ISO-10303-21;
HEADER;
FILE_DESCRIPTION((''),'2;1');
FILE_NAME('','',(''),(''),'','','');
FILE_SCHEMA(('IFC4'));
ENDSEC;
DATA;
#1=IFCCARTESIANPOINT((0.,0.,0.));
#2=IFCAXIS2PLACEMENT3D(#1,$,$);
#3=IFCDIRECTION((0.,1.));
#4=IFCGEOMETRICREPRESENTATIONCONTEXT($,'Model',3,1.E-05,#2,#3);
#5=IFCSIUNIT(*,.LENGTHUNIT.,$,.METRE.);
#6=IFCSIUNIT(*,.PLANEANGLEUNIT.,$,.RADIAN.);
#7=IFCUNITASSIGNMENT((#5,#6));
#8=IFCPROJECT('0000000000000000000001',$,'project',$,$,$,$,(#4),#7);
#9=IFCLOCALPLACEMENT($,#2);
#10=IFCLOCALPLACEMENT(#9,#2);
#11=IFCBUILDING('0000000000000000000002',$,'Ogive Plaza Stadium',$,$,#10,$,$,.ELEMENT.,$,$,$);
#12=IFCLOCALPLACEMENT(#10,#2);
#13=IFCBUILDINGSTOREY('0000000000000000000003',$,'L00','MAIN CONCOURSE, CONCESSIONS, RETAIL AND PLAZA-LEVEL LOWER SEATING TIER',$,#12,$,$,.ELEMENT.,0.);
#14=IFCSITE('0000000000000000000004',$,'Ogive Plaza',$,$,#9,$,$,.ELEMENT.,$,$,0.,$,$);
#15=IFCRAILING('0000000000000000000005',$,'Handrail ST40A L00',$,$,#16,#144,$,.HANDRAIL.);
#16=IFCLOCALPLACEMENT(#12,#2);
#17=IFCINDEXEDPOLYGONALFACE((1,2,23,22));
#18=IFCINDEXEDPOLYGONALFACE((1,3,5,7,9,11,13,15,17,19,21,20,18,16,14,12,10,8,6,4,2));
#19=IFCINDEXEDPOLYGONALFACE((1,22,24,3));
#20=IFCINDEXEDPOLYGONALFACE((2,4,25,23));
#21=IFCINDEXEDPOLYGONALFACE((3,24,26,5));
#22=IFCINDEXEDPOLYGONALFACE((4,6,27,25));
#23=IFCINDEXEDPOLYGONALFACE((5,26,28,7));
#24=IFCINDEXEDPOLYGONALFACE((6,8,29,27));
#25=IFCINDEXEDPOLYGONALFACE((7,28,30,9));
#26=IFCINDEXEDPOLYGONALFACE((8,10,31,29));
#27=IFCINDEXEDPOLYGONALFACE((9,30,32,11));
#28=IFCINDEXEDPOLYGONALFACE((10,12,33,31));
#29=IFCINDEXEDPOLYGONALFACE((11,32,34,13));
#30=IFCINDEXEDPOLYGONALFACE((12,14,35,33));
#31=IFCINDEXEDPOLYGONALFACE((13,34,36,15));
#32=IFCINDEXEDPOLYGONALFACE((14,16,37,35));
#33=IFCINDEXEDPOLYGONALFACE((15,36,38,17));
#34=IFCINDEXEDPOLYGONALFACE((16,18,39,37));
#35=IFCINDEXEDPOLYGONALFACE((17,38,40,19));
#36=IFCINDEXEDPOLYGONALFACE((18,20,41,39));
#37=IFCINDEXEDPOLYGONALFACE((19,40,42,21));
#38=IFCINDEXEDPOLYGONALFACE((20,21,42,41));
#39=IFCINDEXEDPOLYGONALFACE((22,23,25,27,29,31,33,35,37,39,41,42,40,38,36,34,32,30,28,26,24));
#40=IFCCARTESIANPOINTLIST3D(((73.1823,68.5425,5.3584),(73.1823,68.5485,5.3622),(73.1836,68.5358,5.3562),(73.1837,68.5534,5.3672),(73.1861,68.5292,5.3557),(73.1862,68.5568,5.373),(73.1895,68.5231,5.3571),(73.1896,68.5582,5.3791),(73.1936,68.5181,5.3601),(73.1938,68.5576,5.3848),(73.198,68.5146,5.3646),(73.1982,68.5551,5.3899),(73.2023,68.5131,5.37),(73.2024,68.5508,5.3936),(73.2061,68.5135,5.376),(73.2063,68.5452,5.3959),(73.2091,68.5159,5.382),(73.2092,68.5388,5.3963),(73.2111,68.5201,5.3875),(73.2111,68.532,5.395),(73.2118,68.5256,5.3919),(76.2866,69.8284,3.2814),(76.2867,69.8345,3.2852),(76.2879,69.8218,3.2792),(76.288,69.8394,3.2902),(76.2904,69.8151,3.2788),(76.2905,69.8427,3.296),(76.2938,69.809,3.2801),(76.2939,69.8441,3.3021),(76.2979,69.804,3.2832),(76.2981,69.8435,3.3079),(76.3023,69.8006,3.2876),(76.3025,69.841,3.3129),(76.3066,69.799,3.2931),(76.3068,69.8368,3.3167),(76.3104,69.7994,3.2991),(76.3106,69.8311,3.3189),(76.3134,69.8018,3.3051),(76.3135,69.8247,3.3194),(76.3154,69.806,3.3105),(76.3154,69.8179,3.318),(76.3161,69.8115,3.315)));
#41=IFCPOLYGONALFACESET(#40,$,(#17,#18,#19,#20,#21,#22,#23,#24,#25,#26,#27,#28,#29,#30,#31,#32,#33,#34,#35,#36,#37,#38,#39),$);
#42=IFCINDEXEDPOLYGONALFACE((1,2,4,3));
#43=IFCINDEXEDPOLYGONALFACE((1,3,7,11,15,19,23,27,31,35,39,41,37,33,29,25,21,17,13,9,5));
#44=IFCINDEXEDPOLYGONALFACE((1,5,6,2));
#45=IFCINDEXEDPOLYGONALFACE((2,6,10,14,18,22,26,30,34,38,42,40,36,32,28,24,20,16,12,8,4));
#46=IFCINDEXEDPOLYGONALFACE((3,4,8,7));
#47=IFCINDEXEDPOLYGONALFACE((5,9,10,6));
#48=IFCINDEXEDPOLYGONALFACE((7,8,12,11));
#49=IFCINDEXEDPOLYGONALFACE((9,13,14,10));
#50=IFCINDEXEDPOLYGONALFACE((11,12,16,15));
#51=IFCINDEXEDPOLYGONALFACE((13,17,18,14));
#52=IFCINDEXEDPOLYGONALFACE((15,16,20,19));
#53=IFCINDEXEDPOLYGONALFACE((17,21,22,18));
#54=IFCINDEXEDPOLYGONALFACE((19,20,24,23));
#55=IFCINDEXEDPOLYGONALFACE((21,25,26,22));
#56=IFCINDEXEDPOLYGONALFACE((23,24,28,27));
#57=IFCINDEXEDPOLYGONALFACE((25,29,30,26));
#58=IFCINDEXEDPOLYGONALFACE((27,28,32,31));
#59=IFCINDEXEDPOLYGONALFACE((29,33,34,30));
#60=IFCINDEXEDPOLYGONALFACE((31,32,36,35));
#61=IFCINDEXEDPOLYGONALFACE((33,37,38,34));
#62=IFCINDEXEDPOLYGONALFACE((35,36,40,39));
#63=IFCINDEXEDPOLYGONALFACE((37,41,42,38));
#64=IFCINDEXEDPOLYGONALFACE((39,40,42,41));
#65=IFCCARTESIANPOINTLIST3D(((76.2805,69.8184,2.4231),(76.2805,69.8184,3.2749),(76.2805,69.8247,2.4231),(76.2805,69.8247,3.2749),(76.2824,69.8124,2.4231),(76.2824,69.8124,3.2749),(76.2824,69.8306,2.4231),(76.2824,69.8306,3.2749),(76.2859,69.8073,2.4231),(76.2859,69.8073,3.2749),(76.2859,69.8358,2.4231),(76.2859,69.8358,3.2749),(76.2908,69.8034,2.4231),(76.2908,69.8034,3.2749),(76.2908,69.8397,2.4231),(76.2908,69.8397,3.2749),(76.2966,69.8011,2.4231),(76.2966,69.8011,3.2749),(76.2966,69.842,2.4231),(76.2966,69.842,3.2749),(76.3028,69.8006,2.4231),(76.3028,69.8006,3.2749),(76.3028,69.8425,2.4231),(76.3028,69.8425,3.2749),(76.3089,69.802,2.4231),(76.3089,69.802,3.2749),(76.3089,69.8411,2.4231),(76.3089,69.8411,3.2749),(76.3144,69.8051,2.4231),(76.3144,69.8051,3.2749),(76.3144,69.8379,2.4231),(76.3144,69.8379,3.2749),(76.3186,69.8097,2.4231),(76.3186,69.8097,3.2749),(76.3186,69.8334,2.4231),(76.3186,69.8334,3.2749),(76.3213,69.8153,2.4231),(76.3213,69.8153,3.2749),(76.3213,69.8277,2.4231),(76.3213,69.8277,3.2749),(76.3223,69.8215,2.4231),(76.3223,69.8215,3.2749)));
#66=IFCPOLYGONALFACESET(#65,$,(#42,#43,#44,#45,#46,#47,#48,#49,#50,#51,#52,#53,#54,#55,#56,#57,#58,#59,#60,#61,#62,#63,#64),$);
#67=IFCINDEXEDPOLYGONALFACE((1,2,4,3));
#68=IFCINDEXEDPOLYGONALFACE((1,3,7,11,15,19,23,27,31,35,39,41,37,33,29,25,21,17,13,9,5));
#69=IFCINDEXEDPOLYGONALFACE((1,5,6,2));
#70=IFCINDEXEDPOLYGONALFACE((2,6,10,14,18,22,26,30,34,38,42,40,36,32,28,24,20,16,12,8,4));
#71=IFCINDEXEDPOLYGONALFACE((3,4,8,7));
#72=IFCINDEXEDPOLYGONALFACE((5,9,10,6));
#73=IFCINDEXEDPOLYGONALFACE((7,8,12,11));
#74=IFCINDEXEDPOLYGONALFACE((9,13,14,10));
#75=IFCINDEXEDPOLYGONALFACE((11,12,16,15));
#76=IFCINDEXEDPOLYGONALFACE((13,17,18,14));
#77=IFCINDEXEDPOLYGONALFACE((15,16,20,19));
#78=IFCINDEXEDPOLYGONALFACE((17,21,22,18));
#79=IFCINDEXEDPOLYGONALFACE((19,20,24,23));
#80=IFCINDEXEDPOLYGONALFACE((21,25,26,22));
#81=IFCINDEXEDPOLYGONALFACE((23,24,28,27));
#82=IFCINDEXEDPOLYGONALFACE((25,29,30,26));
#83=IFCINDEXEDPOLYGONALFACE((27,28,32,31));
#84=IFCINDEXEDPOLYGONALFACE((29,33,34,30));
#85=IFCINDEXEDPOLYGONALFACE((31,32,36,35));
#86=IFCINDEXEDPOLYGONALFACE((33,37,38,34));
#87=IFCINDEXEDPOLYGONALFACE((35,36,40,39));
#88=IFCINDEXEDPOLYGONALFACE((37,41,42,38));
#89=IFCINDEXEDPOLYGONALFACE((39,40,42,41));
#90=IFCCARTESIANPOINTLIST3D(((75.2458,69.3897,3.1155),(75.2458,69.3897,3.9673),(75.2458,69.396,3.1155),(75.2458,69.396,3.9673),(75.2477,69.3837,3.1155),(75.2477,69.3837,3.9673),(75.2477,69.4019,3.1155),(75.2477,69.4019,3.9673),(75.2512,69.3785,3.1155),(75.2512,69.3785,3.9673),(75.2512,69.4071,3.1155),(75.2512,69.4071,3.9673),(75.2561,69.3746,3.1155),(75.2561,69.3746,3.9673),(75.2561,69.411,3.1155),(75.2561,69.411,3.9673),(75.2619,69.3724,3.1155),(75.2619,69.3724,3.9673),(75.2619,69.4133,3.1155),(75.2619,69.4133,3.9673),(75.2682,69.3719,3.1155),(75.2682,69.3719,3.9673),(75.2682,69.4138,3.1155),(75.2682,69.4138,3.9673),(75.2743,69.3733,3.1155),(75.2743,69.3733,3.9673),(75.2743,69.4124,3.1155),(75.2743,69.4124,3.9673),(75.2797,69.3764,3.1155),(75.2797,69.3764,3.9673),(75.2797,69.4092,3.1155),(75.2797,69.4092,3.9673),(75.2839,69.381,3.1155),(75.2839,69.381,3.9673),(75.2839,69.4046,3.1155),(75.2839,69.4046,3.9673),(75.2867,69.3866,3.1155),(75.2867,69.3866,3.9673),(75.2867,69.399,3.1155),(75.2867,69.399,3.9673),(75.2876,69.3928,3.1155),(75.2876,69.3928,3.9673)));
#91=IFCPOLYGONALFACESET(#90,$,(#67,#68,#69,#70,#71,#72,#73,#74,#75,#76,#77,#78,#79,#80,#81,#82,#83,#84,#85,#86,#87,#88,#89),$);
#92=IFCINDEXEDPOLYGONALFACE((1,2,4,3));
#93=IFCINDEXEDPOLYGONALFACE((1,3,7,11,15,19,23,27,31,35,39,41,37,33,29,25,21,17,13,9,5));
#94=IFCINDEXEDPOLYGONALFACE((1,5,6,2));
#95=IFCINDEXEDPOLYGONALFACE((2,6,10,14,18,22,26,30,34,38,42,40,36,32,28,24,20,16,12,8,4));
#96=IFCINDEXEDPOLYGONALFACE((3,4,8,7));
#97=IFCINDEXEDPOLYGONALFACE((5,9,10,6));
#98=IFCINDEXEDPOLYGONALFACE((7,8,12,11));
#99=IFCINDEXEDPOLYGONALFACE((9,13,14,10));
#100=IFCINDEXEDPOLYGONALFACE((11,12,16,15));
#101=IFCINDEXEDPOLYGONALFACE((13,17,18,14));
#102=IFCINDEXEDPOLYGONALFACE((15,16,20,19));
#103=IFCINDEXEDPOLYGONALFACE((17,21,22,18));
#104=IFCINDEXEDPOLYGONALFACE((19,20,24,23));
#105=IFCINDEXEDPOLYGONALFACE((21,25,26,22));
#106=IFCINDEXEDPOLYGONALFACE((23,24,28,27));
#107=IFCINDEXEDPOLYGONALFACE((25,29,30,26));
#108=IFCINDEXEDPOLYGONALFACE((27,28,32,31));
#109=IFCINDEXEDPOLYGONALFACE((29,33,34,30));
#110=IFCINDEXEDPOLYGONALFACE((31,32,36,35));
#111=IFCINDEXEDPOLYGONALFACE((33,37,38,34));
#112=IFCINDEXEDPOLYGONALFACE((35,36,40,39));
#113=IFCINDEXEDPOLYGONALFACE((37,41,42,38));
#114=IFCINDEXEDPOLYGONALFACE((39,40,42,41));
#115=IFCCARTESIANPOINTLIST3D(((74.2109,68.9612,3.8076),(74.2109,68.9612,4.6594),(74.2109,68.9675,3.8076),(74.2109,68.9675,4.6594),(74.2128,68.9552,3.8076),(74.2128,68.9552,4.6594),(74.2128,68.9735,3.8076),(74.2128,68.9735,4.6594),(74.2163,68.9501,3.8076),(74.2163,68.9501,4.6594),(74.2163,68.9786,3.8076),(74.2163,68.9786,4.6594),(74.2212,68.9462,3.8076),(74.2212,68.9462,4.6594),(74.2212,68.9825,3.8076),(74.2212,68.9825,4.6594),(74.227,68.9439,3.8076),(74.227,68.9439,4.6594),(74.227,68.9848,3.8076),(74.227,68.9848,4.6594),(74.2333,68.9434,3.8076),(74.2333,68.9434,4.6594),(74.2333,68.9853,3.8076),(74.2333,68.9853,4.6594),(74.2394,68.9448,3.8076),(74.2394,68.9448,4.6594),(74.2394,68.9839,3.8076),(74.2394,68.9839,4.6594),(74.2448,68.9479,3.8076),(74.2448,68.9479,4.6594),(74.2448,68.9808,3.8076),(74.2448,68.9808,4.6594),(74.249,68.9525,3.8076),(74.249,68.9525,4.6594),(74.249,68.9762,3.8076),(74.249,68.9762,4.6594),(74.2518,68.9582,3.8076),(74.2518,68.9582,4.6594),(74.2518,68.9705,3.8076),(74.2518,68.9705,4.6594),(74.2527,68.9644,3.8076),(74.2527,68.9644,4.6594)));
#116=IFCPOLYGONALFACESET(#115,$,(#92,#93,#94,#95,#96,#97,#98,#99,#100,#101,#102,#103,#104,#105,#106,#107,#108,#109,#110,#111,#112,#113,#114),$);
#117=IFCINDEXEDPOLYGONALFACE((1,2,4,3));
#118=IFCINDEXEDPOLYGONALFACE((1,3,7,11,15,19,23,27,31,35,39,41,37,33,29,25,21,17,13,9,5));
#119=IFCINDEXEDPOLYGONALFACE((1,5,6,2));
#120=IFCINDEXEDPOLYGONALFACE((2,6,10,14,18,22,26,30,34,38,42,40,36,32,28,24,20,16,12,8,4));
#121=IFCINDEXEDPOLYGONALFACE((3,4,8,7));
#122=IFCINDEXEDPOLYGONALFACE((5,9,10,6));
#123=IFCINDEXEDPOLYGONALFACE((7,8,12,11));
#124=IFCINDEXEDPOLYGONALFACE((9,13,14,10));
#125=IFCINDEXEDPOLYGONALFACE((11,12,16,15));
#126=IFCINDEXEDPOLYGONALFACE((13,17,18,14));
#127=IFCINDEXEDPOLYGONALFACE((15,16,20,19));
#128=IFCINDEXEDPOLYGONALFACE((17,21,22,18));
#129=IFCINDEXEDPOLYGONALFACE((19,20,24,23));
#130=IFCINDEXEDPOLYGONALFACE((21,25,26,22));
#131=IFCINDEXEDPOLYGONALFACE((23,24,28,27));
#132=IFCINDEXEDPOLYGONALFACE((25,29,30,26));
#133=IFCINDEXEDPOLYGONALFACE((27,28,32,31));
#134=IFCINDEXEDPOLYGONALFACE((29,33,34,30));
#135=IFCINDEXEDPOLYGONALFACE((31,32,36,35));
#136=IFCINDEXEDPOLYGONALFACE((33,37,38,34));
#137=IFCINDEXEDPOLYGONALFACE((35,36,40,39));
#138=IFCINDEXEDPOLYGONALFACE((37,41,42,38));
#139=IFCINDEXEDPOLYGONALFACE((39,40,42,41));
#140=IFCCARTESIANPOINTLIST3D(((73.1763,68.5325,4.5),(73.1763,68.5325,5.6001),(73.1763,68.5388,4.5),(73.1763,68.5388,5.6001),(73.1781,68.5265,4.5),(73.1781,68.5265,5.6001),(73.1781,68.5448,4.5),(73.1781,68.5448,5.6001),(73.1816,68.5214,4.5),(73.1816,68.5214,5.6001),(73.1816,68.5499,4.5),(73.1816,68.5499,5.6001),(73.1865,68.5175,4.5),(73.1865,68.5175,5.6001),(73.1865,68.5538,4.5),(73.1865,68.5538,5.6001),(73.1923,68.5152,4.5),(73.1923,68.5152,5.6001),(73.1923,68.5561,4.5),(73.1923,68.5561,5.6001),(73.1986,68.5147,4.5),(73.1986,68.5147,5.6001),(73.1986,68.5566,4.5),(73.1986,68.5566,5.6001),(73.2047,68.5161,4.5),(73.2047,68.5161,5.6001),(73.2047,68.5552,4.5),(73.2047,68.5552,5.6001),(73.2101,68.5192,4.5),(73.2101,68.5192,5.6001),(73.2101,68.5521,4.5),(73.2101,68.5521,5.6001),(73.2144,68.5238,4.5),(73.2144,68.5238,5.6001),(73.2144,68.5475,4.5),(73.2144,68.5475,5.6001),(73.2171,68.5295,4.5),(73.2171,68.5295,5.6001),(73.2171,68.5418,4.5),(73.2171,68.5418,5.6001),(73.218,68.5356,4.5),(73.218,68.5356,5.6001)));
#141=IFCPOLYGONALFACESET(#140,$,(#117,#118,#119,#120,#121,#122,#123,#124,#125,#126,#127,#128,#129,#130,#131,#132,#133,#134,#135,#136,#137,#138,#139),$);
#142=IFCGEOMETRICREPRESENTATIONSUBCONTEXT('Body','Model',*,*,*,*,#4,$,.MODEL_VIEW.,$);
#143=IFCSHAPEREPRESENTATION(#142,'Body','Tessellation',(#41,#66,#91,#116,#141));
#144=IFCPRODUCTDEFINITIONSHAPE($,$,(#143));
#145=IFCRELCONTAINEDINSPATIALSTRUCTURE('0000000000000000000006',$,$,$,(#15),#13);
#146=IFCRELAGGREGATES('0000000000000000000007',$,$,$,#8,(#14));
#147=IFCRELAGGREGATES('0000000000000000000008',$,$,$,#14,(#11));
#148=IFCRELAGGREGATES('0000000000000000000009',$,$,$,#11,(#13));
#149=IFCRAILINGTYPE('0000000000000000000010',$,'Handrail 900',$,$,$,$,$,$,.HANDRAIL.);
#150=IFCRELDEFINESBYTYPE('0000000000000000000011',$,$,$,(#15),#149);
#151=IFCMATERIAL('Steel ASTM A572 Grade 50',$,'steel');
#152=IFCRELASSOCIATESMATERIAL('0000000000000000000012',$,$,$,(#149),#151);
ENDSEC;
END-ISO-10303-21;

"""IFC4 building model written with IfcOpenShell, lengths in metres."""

from ifc_helpers import new_model, si_unit, direction, frame, origin, origin_2d, place, context, subcontext, project, spatial, circle, extrude, material, type_object, element, save


model = new_model("IFC4")

# Units and contexts
model_context = context("Model", 3, precision=1e-05, world=origin(), true_north=direction((0.0, 1.0)))
body_context = subcontext(model_context, "Body", "Model", "MODEL_VIEW")
ifc_project = project(units=[si_unit("LENGTHUNIT", "METRE"), si_unit("PLANEANGLEUNIT", "RADIAN")], contexts=[model_context])

# Site, building, storey
site_placement = place(None, origin())
site = spatial("IfcSite", under=ifc_project, at=site_placement, Name="Ogive Plaza", CompositionType="ELEMENT", RefElevation=0.0)
building_placement = place(site_placement, origin())
building = spatial("IfcBuilding", under=site, at=building_placement, Name="Ogive Plaza Stadium", CompositionType="ELEMENT")
storey_placement = place(building_placement, origin())
storey = spatial("IfcBuildingStorey", under=building, at=storey_placement, Name="L00", Description="MAIN CONCOURSE, CONCESSIONS, RETAIL AND PLAZA-LEVEL LOWER SEATING TIER", CompositionType="ELEMENT", Elevation=0.0)

# Railing
ifc_material_1 = material(Name="Steel ASTM A572 Grade 50", Category="steel")
railing_type_1 = type_object("IfcRailingType", Name="Handrail 900", PredefinedType="HANDRAIL", material=ifc_material_1)
railing_1_placement = place(storey_placement, frame((76.3013, 69.8215, 2.4231)))
element("IfcRailing", 1, at=railing_1_placement, inside=storey, type_object=railing_type_1, Name="Handrail ST40A L00", PredefinedType="HANDRAIL", context=body_context, shape_type="SweptSolid", body=[
    extrude(circle(Radius=0.0239, at=origin_2d()), frame((0.0, 0.0, 0.876), z_axis=(-0.785863, -0.325532, 0.525783), x_axis=(0.3827, -0.923872, 0.0)), (0.0, 0.0, 1.0), 3.9502),
    extrude(circle(Radius=0.021, at=origin_2d()), origin(), (0.0, 0.0, 1.0), 0.8518),
    extrude(circle(Radius=0.021, at=origin_2d()), frame((-1.0347, -0.4287, 0.6924)), (0.0, 0.0, 1.0), 0.8518),
    extrude(circle(Radius=0.021, at=origin_2d()), frame((-2.0696, -0.8572, 1.3845)), (0.0, 0.0, 1.0), 0.8518),
    extrude(circle(Radius=0.021, at=origin_2d()), frame((-3.1042, -1.2859, 2.0769)), (0.0, 0.0, 1.0), 1.1001),
])

save(model, "model.ifc")
